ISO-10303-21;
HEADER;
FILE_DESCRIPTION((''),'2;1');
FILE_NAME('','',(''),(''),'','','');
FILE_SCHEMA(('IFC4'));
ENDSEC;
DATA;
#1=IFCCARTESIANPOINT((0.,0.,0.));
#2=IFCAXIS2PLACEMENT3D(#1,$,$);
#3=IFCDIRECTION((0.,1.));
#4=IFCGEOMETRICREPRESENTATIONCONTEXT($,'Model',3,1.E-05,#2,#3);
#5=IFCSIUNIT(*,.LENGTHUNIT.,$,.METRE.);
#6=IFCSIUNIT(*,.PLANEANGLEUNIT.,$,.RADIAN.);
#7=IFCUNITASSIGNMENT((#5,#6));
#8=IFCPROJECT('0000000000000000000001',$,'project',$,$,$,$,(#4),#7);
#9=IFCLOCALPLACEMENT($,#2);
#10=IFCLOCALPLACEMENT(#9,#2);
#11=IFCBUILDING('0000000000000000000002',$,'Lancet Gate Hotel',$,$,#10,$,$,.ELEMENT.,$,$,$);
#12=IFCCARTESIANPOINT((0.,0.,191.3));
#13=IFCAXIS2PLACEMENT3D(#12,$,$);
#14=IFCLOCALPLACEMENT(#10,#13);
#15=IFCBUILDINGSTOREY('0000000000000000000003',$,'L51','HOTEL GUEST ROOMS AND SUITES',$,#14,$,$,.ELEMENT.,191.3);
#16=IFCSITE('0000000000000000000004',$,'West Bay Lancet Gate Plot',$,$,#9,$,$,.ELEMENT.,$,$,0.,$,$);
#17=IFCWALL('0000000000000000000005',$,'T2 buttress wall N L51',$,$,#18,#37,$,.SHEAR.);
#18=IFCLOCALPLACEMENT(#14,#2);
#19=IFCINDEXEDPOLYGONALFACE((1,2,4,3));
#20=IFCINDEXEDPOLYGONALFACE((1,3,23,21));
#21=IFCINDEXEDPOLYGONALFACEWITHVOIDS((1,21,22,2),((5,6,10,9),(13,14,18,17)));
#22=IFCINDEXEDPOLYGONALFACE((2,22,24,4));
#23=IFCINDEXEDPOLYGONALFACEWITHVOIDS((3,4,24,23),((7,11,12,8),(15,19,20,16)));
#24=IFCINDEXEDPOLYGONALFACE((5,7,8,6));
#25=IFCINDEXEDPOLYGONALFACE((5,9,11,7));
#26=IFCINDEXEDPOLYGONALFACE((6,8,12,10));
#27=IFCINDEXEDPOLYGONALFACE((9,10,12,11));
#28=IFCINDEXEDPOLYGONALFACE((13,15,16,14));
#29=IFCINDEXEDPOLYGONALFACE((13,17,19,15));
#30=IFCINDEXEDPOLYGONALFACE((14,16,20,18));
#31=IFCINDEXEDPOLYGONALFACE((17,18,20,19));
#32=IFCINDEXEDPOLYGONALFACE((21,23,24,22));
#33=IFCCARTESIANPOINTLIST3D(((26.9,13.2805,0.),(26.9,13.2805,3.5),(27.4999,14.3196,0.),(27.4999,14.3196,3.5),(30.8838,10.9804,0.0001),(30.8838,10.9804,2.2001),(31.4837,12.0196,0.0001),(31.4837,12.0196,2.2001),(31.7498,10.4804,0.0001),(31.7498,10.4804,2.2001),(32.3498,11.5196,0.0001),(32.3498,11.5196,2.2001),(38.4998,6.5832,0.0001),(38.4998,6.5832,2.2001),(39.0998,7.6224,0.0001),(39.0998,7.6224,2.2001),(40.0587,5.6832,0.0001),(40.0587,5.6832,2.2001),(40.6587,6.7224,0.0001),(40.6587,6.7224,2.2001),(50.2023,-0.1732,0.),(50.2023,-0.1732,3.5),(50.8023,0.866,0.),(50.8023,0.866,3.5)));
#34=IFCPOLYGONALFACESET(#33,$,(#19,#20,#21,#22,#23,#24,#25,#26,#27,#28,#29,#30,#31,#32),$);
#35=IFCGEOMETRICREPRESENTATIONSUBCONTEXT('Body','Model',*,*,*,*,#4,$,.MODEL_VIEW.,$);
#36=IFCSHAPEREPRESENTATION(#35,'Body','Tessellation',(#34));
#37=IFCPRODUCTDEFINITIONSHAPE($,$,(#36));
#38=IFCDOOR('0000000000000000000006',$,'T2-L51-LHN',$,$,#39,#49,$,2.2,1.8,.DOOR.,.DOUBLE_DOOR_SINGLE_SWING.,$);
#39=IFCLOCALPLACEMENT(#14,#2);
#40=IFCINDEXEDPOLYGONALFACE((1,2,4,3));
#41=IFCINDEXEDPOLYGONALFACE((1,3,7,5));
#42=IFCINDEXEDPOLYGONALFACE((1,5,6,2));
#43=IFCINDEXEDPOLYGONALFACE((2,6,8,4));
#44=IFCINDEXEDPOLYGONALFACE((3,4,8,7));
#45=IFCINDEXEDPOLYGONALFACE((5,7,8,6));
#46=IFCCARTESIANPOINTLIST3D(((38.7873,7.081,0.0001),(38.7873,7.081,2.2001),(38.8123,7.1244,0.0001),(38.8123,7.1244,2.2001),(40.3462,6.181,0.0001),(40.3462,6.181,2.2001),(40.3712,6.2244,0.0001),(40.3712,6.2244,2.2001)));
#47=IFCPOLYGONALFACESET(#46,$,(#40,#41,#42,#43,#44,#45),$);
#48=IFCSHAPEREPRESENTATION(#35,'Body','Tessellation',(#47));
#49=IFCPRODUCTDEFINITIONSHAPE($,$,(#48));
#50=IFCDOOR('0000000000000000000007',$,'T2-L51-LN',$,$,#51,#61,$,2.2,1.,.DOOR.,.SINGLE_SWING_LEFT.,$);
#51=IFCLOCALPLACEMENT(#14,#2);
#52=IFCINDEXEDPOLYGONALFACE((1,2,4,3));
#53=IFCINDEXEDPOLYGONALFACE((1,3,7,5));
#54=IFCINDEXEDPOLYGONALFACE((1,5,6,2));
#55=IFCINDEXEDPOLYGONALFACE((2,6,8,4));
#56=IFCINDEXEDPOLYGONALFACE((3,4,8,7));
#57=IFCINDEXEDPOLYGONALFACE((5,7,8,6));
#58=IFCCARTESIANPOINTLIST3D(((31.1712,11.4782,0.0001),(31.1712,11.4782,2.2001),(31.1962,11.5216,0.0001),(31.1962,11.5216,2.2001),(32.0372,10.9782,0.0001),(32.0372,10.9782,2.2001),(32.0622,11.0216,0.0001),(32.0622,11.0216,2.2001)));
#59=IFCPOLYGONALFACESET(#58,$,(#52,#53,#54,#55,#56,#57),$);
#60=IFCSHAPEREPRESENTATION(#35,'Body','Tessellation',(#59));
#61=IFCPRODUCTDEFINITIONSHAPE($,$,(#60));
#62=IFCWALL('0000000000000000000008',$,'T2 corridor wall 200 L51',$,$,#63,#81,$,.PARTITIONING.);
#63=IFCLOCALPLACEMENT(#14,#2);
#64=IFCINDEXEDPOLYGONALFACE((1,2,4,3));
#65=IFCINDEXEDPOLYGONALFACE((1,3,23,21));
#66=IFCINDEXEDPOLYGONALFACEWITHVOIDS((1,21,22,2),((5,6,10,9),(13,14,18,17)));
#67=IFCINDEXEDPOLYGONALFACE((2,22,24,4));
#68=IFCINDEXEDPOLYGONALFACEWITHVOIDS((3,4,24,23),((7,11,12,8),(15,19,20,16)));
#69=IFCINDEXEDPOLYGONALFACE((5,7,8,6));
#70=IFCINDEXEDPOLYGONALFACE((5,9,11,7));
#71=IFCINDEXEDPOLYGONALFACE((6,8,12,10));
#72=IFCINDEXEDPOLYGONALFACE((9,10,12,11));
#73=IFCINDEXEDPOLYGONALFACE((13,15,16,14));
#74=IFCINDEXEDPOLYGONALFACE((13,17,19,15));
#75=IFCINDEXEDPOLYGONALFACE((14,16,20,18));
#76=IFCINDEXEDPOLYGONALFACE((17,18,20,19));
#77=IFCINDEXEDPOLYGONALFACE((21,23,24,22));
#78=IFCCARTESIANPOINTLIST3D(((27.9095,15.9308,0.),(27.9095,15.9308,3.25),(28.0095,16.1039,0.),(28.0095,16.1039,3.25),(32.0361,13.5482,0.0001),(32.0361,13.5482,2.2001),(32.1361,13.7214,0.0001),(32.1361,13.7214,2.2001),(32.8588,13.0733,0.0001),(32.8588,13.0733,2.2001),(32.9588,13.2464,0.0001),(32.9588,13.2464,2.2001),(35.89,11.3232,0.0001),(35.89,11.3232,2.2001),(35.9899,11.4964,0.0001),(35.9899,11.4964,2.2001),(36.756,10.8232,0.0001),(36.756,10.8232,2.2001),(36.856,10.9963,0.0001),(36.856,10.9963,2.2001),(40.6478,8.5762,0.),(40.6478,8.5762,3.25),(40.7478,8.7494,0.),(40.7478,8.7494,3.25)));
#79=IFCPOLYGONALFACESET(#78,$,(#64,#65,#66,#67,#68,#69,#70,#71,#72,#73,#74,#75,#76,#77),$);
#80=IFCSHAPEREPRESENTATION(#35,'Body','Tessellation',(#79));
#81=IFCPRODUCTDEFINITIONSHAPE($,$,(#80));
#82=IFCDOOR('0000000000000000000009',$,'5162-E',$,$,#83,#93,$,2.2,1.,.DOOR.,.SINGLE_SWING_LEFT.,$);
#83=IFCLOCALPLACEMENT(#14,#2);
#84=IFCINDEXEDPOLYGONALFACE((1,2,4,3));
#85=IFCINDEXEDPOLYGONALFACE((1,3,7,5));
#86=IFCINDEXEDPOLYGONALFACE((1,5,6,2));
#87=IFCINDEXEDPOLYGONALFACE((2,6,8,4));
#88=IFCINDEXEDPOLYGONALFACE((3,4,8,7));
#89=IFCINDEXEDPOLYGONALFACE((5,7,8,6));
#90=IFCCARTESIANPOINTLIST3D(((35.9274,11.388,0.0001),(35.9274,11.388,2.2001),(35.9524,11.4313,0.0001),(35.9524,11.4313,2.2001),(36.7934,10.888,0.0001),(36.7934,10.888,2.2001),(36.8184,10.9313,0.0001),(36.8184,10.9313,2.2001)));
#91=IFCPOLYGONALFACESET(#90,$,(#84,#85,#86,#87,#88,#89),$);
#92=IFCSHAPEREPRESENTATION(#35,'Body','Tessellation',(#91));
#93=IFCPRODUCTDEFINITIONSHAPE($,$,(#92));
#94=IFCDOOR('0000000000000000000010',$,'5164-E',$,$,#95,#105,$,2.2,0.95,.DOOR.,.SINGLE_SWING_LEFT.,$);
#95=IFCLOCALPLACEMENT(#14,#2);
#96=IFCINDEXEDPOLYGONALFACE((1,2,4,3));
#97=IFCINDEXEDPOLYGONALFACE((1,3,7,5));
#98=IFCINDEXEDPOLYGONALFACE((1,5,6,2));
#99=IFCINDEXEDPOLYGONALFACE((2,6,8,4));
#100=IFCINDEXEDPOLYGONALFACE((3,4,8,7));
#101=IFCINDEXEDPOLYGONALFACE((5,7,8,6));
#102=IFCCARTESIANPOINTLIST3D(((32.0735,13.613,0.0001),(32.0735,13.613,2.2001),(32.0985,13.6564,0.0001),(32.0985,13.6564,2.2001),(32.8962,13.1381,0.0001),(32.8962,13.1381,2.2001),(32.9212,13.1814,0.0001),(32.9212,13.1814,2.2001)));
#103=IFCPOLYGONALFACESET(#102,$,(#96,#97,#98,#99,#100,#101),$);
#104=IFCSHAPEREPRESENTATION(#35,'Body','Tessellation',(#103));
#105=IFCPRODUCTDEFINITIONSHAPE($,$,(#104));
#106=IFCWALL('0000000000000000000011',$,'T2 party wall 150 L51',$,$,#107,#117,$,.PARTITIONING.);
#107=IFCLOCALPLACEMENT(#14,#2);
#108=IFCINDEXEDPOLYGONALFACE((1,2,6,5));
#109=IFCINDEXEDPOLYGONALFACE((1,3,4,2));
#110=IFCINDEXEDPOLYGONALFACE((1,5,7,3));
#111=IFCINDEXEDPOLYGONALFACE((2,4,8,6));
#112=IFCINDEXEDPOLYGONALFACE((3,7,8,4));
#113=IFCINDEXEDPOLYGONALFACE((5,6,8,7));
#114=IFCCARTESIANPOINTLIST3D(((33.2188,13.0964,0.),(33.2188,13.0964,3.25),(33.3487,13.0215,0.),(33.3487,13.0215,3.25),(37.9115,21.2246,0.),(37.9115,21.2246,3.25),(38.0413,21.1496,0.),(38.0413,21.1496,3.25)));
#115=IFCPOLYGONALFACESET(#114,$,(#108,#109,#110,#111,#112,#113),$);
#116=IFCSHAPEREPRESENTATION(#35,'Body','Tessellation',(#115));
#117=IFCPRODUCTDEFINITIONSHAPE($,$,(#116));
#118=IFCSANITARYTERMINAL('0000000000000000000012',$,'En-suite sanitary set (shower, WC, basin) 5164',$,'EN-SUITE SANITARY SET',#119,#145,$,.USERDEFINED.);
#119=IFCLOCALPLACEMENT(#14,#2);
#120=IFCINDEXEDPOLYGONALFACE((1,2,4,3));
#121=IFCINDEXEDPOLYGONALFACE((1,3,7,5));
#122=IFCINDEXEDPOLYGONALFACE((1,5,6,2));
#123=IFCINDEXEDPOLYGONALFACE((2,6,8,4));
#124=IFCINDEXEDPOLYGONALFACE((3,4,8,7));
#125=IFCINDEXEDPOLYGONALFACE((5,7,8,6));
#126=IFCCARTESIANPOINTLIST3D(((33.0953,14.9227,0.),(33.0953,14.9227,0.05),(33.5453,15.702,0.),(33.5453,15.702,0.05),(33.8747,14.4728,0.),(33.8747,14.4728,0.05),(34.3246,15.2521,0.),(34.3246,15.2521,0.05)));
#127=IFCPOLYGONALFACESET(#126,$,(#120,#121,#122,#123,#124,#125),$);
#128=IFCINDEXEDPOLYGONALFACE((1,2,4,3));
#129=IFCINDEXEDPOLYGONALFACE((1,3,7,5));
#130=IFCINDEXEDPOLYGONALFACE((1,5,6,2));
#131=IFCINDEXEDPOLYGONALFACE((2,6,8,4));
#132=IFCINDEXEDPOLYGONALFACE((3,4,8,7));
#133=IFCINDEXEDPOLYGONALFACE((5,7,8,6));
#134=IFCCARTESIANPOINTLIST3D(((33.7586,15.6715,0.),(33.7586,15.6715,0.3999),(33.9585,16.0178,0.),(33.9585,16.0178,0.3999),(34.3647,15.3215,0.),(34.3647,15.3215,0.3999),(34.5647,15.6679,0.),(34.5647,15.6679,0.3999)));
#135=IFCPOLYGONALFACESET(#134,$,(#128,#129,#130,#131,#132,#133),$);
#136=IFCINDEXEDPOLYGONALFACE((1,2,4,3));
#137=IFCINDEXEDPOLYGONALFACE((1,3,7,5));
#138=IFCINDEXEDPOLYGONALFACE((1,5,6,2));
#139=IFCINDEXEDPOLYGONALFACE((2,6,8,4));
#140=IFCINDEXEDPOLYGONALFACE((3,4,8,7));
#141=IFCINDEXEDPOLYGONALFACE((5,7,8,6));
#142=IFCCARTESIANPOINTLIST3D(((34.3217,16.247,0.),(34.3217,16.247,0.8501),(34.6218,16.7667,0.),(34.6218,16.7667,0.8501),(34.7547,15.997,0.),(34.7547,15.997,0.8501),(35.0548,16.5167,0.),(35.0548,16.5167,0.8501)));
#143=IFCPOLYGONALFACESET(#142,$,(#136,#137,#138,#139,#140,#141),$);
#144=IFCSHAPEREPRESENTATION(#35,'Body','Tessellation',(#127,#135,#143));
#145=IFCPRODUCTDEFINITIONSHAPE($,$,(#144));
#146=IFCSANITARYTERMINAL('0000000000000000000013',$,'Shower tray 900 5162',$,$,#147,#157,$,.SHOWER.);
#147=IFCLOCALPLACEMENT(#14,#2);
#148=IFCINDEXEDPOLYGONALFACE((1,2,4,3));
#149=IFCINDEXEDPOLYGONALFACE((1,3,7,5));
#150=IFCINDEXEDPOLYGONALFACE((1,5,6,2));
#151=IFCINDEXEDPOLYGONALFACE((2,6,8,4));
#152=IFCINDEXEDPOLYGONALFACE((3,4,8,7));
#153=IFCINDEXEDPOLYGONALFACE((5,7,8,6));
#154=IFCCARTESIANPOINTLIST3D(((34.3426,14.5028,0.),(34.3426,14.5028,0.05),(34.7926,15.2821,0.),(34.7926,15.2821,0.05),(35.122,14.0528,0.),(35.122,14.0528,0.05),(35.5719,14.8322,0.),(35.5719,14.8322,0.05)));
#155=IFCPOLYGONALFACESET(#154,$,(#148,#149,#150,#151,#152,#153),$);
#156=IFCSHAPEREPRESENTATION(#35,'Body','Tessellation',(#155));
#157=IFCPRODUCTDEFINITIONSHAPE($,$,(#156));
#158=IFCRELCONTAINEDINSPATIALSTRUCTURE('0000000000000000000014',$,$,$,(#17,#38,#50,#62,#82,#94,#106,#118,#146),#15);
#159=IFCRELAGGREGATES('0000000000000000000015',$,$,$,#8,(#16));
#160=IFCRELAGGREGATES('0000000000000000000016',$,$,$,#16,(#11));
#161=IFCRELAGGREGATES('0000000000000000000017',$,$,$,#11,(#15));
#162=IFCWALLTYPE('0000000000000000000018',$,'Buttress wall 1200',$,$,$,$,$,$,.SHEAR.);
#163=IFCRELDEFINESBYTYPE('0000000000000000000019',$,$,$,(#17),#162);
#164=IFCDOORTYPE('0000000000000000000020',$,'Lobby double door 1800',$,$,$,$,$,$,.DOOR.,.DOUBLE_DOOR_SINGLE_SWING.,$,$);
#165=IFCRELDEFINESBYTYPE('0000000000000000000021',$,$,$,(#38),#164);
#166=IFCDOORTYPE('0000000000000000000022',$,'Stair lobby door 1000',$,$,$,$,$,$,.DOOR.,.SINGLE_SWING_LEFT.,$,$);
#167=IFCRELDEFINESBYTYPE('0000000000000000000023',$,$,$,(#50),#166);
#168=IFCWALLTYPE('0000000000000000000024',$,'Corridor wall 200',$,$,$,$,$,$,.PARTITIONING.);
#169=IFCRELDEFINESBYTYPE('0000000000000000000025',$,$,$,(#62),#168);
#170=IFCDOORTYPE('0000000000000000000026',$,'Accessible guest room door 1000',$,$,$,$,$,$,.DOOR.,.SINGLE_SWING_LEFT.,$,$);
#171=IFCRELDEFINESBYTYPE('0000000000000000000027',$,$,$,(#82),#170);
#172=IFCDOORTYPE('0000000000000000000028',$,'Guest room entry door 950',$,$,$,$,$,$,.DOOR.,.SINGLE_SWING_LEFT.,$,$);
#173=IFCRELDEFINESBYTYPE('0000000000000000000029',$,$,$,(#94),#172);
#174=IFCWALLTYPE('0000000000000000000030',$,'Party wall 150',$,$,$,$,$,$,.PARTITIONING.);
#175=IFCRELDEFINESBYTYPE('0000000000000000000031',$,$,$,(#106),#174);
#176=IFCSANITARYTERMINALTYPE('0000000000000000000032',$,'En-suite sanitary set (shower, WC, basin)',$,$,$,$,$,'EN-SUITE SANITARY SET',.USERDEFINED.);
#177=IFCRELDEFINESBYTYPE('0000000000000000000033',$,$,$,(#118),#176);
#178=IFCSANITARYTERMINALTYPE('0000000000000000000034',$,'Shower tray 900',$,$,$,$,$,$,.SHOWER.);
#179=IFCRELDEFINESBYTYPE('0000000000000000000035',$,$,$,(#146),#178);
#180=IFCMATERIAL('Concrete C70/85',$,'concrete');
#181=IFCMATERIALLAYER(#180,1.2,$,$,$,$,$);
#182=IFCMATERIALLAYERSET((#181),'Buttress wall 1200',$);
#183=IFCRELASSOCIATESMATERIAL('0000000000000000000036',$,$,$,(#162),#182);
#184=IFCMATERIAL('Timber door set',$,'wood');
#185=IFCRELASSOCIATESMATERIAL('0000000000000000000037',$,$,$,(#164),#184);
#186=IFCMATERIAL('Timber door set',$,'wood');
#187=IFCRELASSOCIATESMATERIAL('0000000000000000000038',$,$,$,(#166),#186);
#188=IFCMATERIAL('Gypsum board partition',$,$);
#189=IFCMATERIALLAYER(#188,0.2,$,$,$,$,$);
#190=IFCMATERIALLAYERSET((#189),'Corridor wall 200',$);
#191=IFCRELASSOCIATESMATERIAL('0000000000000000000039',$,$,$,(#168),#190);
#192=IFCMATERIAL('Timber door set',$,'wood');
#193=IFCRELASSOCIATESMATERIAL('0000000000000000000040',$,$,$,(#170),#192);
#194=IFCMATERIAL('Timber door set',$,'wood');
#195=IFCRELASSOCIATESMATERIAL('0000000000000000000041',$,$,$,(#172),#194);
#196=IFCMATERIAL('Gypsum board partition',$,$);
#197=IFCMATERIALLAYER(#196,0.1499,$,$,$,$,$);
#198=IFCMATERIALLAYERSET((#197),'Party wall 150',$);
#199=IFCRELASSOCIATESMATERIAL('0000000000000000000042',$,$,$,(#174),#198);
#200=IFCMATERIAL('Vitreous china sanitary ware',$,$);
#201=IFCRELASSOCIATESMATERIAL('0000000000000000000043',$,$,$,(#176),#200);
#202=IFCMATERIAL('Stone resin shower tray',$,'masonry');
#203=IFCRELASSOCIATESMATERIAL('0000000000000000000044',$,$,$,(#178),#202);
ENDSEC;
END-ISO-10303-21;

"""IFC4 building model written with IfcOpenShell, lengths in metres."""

from ifc_helpers import new_model, si_unit, direction, frame, frame_2d, origin, origin_2d, place, context, subcontext, project, spatial, rectangle, extrude, material, layer, layer_set, type_object, element, fill, save


model = new_model("IFC4")

# Units and contexts
model_context = context("Model", 3, precision=1e-05, world=origin(), true_north=direction((0.0, 1.0)))
body_context = subcontext(model_context, "Body", "Model", "MODEL_VIEW")
ifc_project = project(units=[si_unit("LENGTHUNIT", "METRE"), si_unit("PLANEANGLEUNIT", "RADIAN")], contexts=[model_context])

# Site, building, storey
site_placement = place(None, origin())
site = spatial("IfcSite", under=ifc_project, at=site_placement, Name="West Bay Lancet Gate Plot", CompositionType="ELEMENT", RefElevation=0.0)
building_placement = place(site_placement, origin())
building = spatial("IfcBuilding", under=site, at=building_placement, Name="Lancet Gate Hotel", CompositionType="ELEMENT")
storey_placement = place(building_placement, frame((0.0, 0.0, 191.3)))
storey = spatial("IfcBuildingStorey", under=building, at=storey_placement, Name="L51", Description="HOTEL GUEST ROOMS AND SUITES", CompositionType="ELEMENT", Elevation=191.3)

# Walls, openings, doors
ifc_material_1 = material(Name="Concrete C70/85", Category="concrete")
ifc_layer_1 = layer(ifc_material_1, 1.2)
ifc_layer_set_1 = layer_set([ifc_layer_1], Name="Buttress wall 1200")
wall_type_1 = type_object("IfcWallType", Name="Buttress wall 1200", PredefinedType="SHEAR", material=ifc_layer_set_1)
wall_1_placement = place(storey_placement, frame((27.2, 13.8, 0.0), z_axis=(0.0, 0.0, 1.0), x_axis=(0.866025, -0.500002, 0.0)))
wall_1 = element("IfcWall", 1, at=wall_1_placement, inside=storey, type_object=wall_type_1, Name="T2 buttress wall N L51", PredefinedType="SHEAR", context=body_context, shape_type="SweptSolid", body=[
    extrude(rectangle(XDim=26.9072, YDim=1.2, at=frame_2d((13.4536, 0.0))), origin(), (0.0, 0.0, 1.0), 3.5),
])
opening_1_placement = place(wall_1_placement, frame((4.6001, 0.0, 0.0)))
opening_1 = element("IfcOpeningElement", 2, at=opening_1_placement, cuts=wall_1, PredefinedType="OPENING", context=body_context, shape_type="SweptSolid", body=[
    extrude(rectangle(XDim=1.0, YDim=2.2, at=frame_2d((0.5, 1.1001))), frame((0.0, 0.6099, 0.0), z_axis=(0.0, -1.0, 0.0), x_axis=(1.0, 0.0, 0.0)), (0.0, 0.0, 1.0), 1.22),
])
opening_2_placement = place(wall_1_placement, frame((13.3945, 0.0, 0.0)))
opening_2 = element("IfcOpeningElement", 3, at=opening_2_placement, cuts=wall_1, PredefinedType="OPENING", context=body_context, shape_type="SweptSolid", body=[
    extrude(rectangle(XDim=1.8, YDim=2.2, at=frame_2d((0.8999, 1.1001))), frame((0.0, 0.6099, 0.0), z_axis=(0.0, -1.0, 0.0), x_axis=(1.0, 0.0, 0.0)), (0.0, 0.0, 1.0), 1.22),
])
ifc_material_2 = material(Name="Timber door set", Category="wood")
door_type_1 = type_object("IfcDoorType", Name="Lobby double door 1800", OperationType="DOUBLE_DOOR_SINGLE_SWING", PredefinedType="DOOR", material=ifc_material_2)
door_1_placement = place(opening_2_placement, origin())
door_1 = element("IfcDoor", 4, at=door_1_placement, inside=storey, type_object=door_type_1, Name="T2-L51-LHN", OperationType="DOUBLE_DOOR_SINGLE_SWING", OverallHeight=2.2, OverallWidth=1.8, PredefinedType="DOOR", context=body_context, shape_type="SweptSolid", body=[
    extrude(rectangle(XDim=1.8, YDim=2.2, at=frame_2d((0.8999, 1.1001))), frame((0.0, 0.0249, 0.0), z_axis=(0.0, -1.0, 0.0), x_axis=(1.0, 0.0, 0.0)), (0.0, 0.0, 1.0), 0.05),
])
fill(opening_2, door_1)
ifc_material_3 = material(Name="Timber door set", Category="wood")
door_type_2 = type_object("IfcDoorType", Name="Stair lobby door 1000", OperationType="SINGLE_SWING_LEFT", PredefinedType="DOOR", material=ifc_material_3)
door_2_placement = place(opening_1_placement, origin())
door_2 = element("IfcDoor", 5, at=door_2_placement, inside=storey, type_object=door_type_2, Name="T2-L51-LN", OperationType="SINGLE_SWING_LEFT", OverallHeight=2.2, OverallWidth=1.0, PredefinedType="DOOR", context=body_context, shape_type="SweptSolid", body=[
    extrude(rectangle(XDim=1.0, YDim=2.2, at=frame_2d((0.5, 1.1001))), frame((0.0, 0.0249, 0.0), z_axis=(0.0, -1.0, 0.0), x_axis=(1.0, 0.0, 0.0)), (0.0, 0.0, 1.0), 0.05),
])
fill(opening_1, door_2)
ifc_material_4 = material(Name="Gypsum board partition")
ifc_layer_2 = layer(ifc_material_4, 0.2)
ifc_layer_set_2 = layer_set([ifc_layer_2], Name="Corridor wall 200")
wall_type_2 = type_object("IfcWallType", Name="Corridor wall 200", PredefinedType="PARTITIONING", material=ifc_layer_set_2)
wall_2_placement = place(storey_placement, frame((27.9595, 16.0173, 0.0), z_axis=(0.0, 0.0, 1.0), x_axis=(0.866024, -0.500002, 0.0)))
wall_2 = element("IfcWall", 6, at=wall_2_placement, inside=storey, type_object=wall_type_2, Name="T2 corridor wall 200 L51", PredefinedType="PARTITIONING", context=body_context, shape_type="SweptSolid", body=[
    extrude(rectangle(XDim=14.709, YDim=0.2, at=frame_2d((7.3545, 0.0))), origin(), (0.0, 0.0, 1.0), 3.25),
])
opening_3_placement = place(wall_2_placement, frame((9.2151, 0.0, 0.0)))
opening_3 = element("IfcOpeningElement", 7, at=opening_3_placement, cuts=wall_2, PredefinedType="OPENING", context=body_context, shape_type="SweptSolid", body=[
    extrude(rectangle(XDim=1.0, YDim=2.2, at=frame_2d((0.5, 1.1001))), frame((0.0, 0.1099, 0.0), z_axis=(0.0, -1.0, 0.0), x_axis=(1.0, 0.0, 0.0)), (0.0, 0.0, 1.0), 0.22),
])
opening_4_placement = place(wall_2_placement, frame((4.7649, 0.0, 0.0)))
opening_4 = element("IfcOpeningElement", 8, at=opening_4_placement, cuts=wall_2, PredefinedType="OPENING", context=body_context, shape_type="SweptSolid", body=[
    extrude(rectangle(XDim=0.95, YDim=2.2, at=frame_2d((0.4751, 1.1001))), frame((0.0, 0.1099, 0.0), z_axis=(0.0, -1.0, 0.0), x_axis=(1.0, 0.0, 0.0)), (0.0, 0.0, 1.0), 0.22),
])
ifc_material_5 = material(Name="Timber door set", Category="wood")
door_type_3 = type_object("IfcDoorType", Name="Accessible guest room door 1000", OperationType="SINGLE_SWING_LEFT", PredefinedType="DOOR", material=ifc_material_5)
door_3_placement = place(opening_3_placement, origin())
door_3 = element("IfcDoor", 9, at=door_3_placement, inside=storey, type_object=door_type_3, Name="5162-E", OperationType="SINGLE_SWING_LEFT", OverallHeight=2.2, OverallWidth=1.0, PredefinedType="DOOR", context=body_context, shape_type="SweptSolid", body=[
    extrude(rectangle(XDim=1.0, YDim=2.2, at=frame_2d((0.5, 1.1001))), frame((0.0, 0.0249, 0.0), z_axis=(0.0, -1.0, 0.0), x_axis=(1.0, 0.0, 0.0)), (0.0, 0.0, 1.0), 0.05),
])
fill(opening_3, door_3)
ifc_material_6 = material(Name="Timber door set", Category="wood")
door_type_4 = type_object("IfcDoorType", Name="Guest room entry door 950", OperationType="SINGLE_SWING_LEFT", PredefinedType="DOOR", material=ifc_material_6)
door_4_placement = place(opening_4_placement, origin())
door_4 = element("IfcDoor", 10, at=door_4_placement, inside=storey, type_object=door_type_4, Name="5164-E", OperationType="SINGLE_SWING_LEFT", OverallHeight=2.2, OverallWidth=0.95, PredefinedType="DOOR", context=body_context, shape_type="SweptSolid", body=[
    extrude(rectangle(XDim=0.95, YDim=2.2, at=frame_2d((0.4751, 1.1001))), frame((0.0, 0.0249, 0.0), z_axis=(0.0, -1.0, 0.0), x_axis=(1.0, 0.0, 0.0)), (0.0, 0.0, 1.0), 0.05),
])
fill(opening_4, door_4)

# Wall
ifc_material_7 = material(Name="Gypsum board partition")
ifc_layer_3 = layer(ifc_material_7, 0.1499)
ifc_layer_set_3 = layer_set([ifc_layer_3], Name="Party wall 150")
wall_type_3 = type_object("IfcWallType", Name="Party wall 150", PredefinedType="PARTITIONING", material=ifc_layer_set_3)
wall_3_placement = place(storey_placement, frame((33.2837, 13.0588, 0.0), z_axis=(0.0, 0.0, 1.0), x_axis=(0.499986, 0.866034, 0.0)))
element("IfcWall", 11, at=wall_3_placement, inside=storey, type_object=wall_type_3, Name="T2 party wall 150 L51", PredefinedType="PARTITIONING", context=body_context, shape_type="SweptSolid", body=[
    extrude(rectangle(XDim=9.3855, YDim=0.1499, at=frame_2d((4.6929, 0.0))), origin(), (0.0, 0.0, 1.0), 3.25),
])

# Sanitary terminals
ifc_material_8 = material(Name="Vitreous china sanitary ware")
sanitary_terminal_type_1 = type_object("IfcSanitaryTerminalType", Name="En-suite sanitary set (shower, WC, basin)", ElementType="EN-SUITE SANITARY SET", PredefinedType="USERDEFINED", material=ifc_material_8)
sanitary_terminal_1_placement = place(storey_placement, frame((33.71, 15.0874, 0.0), z_axis=(0.0, 0.0, 1.0), x_axis=(1.0, 0.0, 0.0)))
element("IfcSanitaryTerminal", 12, at=sanitary_terminal_1_placement, inside=storey, type_object=sanitary_terminal_type_1, Name="En-suite sanitary set (shower, WC, basin) 5164", ObjectType="EN-SUITE SANITARY SET", PredefinedType="USERDEFINED", context=body_context, shape_type="SweptSolid", body=[
    extrude(rectangle(XDim=0.8999, YDim=0.8999, at=origin_2d()), frame((0.0, 0.0, 0.0), z_axis=(0.0, 0.0, 1.0), x_axis=(-0.5, -0.866025, 0.0)), (0.0, 0.0, 1.0), 0.05),
    extrude(rectangle(XDim=0.3999, YDim=0.7, at=origin_2d()), frame((0.4517, 0.5823, 0.0), z_axis=(0.0, 0.0, 1.0), x_axis=(-0.5, -0.866025, 0.0)), (0.0, 0.0, 1.0), 0.3999),
    extrude(rectangle(XDim=0.6001, YDim=0.5, at=origin_2d()), frame((0.9783, 1.2944, 0.0), z_axis=(0.0, 0.0, 1.0), x_axis=(-0.5, -0.866025, 0.0)), (0.0, 0.0, 1.0), 0.8501),
])
ifc_material_9 = material(Name="Stone resin shower tray", Category="masonry")
sanitary_terminal_type_2 = type_object("IfcSanitaryTerminalType", Name="Shower tray 900", PredefinedType="SHOWER", material=ifc_material_9)
sanitary_terminal_2_placement = place(storey_placement, frame((34.9573, 14.6675, 0.0), z_axis=(0.0, 0.0, 1.0), x_axis=(0.5, 0.866025, 0.0)))
element("IfcSanitaryTerminal", 13, at=sanitary_terminal_2_placement, inside=storey, type_object=sanitary_terminal_type_2, Name="Shower tray 900 5162", PredefinedType="SHOWER", context=body_context, shape_type="SweptSolid", body=[
    extrude(rectangle(XDim=0.8999, YDim=0.8999, at=origin_2d()), origin(), (0.0, 0.0, 1.0), 0.05),
])

save(model, "model.ifc")
